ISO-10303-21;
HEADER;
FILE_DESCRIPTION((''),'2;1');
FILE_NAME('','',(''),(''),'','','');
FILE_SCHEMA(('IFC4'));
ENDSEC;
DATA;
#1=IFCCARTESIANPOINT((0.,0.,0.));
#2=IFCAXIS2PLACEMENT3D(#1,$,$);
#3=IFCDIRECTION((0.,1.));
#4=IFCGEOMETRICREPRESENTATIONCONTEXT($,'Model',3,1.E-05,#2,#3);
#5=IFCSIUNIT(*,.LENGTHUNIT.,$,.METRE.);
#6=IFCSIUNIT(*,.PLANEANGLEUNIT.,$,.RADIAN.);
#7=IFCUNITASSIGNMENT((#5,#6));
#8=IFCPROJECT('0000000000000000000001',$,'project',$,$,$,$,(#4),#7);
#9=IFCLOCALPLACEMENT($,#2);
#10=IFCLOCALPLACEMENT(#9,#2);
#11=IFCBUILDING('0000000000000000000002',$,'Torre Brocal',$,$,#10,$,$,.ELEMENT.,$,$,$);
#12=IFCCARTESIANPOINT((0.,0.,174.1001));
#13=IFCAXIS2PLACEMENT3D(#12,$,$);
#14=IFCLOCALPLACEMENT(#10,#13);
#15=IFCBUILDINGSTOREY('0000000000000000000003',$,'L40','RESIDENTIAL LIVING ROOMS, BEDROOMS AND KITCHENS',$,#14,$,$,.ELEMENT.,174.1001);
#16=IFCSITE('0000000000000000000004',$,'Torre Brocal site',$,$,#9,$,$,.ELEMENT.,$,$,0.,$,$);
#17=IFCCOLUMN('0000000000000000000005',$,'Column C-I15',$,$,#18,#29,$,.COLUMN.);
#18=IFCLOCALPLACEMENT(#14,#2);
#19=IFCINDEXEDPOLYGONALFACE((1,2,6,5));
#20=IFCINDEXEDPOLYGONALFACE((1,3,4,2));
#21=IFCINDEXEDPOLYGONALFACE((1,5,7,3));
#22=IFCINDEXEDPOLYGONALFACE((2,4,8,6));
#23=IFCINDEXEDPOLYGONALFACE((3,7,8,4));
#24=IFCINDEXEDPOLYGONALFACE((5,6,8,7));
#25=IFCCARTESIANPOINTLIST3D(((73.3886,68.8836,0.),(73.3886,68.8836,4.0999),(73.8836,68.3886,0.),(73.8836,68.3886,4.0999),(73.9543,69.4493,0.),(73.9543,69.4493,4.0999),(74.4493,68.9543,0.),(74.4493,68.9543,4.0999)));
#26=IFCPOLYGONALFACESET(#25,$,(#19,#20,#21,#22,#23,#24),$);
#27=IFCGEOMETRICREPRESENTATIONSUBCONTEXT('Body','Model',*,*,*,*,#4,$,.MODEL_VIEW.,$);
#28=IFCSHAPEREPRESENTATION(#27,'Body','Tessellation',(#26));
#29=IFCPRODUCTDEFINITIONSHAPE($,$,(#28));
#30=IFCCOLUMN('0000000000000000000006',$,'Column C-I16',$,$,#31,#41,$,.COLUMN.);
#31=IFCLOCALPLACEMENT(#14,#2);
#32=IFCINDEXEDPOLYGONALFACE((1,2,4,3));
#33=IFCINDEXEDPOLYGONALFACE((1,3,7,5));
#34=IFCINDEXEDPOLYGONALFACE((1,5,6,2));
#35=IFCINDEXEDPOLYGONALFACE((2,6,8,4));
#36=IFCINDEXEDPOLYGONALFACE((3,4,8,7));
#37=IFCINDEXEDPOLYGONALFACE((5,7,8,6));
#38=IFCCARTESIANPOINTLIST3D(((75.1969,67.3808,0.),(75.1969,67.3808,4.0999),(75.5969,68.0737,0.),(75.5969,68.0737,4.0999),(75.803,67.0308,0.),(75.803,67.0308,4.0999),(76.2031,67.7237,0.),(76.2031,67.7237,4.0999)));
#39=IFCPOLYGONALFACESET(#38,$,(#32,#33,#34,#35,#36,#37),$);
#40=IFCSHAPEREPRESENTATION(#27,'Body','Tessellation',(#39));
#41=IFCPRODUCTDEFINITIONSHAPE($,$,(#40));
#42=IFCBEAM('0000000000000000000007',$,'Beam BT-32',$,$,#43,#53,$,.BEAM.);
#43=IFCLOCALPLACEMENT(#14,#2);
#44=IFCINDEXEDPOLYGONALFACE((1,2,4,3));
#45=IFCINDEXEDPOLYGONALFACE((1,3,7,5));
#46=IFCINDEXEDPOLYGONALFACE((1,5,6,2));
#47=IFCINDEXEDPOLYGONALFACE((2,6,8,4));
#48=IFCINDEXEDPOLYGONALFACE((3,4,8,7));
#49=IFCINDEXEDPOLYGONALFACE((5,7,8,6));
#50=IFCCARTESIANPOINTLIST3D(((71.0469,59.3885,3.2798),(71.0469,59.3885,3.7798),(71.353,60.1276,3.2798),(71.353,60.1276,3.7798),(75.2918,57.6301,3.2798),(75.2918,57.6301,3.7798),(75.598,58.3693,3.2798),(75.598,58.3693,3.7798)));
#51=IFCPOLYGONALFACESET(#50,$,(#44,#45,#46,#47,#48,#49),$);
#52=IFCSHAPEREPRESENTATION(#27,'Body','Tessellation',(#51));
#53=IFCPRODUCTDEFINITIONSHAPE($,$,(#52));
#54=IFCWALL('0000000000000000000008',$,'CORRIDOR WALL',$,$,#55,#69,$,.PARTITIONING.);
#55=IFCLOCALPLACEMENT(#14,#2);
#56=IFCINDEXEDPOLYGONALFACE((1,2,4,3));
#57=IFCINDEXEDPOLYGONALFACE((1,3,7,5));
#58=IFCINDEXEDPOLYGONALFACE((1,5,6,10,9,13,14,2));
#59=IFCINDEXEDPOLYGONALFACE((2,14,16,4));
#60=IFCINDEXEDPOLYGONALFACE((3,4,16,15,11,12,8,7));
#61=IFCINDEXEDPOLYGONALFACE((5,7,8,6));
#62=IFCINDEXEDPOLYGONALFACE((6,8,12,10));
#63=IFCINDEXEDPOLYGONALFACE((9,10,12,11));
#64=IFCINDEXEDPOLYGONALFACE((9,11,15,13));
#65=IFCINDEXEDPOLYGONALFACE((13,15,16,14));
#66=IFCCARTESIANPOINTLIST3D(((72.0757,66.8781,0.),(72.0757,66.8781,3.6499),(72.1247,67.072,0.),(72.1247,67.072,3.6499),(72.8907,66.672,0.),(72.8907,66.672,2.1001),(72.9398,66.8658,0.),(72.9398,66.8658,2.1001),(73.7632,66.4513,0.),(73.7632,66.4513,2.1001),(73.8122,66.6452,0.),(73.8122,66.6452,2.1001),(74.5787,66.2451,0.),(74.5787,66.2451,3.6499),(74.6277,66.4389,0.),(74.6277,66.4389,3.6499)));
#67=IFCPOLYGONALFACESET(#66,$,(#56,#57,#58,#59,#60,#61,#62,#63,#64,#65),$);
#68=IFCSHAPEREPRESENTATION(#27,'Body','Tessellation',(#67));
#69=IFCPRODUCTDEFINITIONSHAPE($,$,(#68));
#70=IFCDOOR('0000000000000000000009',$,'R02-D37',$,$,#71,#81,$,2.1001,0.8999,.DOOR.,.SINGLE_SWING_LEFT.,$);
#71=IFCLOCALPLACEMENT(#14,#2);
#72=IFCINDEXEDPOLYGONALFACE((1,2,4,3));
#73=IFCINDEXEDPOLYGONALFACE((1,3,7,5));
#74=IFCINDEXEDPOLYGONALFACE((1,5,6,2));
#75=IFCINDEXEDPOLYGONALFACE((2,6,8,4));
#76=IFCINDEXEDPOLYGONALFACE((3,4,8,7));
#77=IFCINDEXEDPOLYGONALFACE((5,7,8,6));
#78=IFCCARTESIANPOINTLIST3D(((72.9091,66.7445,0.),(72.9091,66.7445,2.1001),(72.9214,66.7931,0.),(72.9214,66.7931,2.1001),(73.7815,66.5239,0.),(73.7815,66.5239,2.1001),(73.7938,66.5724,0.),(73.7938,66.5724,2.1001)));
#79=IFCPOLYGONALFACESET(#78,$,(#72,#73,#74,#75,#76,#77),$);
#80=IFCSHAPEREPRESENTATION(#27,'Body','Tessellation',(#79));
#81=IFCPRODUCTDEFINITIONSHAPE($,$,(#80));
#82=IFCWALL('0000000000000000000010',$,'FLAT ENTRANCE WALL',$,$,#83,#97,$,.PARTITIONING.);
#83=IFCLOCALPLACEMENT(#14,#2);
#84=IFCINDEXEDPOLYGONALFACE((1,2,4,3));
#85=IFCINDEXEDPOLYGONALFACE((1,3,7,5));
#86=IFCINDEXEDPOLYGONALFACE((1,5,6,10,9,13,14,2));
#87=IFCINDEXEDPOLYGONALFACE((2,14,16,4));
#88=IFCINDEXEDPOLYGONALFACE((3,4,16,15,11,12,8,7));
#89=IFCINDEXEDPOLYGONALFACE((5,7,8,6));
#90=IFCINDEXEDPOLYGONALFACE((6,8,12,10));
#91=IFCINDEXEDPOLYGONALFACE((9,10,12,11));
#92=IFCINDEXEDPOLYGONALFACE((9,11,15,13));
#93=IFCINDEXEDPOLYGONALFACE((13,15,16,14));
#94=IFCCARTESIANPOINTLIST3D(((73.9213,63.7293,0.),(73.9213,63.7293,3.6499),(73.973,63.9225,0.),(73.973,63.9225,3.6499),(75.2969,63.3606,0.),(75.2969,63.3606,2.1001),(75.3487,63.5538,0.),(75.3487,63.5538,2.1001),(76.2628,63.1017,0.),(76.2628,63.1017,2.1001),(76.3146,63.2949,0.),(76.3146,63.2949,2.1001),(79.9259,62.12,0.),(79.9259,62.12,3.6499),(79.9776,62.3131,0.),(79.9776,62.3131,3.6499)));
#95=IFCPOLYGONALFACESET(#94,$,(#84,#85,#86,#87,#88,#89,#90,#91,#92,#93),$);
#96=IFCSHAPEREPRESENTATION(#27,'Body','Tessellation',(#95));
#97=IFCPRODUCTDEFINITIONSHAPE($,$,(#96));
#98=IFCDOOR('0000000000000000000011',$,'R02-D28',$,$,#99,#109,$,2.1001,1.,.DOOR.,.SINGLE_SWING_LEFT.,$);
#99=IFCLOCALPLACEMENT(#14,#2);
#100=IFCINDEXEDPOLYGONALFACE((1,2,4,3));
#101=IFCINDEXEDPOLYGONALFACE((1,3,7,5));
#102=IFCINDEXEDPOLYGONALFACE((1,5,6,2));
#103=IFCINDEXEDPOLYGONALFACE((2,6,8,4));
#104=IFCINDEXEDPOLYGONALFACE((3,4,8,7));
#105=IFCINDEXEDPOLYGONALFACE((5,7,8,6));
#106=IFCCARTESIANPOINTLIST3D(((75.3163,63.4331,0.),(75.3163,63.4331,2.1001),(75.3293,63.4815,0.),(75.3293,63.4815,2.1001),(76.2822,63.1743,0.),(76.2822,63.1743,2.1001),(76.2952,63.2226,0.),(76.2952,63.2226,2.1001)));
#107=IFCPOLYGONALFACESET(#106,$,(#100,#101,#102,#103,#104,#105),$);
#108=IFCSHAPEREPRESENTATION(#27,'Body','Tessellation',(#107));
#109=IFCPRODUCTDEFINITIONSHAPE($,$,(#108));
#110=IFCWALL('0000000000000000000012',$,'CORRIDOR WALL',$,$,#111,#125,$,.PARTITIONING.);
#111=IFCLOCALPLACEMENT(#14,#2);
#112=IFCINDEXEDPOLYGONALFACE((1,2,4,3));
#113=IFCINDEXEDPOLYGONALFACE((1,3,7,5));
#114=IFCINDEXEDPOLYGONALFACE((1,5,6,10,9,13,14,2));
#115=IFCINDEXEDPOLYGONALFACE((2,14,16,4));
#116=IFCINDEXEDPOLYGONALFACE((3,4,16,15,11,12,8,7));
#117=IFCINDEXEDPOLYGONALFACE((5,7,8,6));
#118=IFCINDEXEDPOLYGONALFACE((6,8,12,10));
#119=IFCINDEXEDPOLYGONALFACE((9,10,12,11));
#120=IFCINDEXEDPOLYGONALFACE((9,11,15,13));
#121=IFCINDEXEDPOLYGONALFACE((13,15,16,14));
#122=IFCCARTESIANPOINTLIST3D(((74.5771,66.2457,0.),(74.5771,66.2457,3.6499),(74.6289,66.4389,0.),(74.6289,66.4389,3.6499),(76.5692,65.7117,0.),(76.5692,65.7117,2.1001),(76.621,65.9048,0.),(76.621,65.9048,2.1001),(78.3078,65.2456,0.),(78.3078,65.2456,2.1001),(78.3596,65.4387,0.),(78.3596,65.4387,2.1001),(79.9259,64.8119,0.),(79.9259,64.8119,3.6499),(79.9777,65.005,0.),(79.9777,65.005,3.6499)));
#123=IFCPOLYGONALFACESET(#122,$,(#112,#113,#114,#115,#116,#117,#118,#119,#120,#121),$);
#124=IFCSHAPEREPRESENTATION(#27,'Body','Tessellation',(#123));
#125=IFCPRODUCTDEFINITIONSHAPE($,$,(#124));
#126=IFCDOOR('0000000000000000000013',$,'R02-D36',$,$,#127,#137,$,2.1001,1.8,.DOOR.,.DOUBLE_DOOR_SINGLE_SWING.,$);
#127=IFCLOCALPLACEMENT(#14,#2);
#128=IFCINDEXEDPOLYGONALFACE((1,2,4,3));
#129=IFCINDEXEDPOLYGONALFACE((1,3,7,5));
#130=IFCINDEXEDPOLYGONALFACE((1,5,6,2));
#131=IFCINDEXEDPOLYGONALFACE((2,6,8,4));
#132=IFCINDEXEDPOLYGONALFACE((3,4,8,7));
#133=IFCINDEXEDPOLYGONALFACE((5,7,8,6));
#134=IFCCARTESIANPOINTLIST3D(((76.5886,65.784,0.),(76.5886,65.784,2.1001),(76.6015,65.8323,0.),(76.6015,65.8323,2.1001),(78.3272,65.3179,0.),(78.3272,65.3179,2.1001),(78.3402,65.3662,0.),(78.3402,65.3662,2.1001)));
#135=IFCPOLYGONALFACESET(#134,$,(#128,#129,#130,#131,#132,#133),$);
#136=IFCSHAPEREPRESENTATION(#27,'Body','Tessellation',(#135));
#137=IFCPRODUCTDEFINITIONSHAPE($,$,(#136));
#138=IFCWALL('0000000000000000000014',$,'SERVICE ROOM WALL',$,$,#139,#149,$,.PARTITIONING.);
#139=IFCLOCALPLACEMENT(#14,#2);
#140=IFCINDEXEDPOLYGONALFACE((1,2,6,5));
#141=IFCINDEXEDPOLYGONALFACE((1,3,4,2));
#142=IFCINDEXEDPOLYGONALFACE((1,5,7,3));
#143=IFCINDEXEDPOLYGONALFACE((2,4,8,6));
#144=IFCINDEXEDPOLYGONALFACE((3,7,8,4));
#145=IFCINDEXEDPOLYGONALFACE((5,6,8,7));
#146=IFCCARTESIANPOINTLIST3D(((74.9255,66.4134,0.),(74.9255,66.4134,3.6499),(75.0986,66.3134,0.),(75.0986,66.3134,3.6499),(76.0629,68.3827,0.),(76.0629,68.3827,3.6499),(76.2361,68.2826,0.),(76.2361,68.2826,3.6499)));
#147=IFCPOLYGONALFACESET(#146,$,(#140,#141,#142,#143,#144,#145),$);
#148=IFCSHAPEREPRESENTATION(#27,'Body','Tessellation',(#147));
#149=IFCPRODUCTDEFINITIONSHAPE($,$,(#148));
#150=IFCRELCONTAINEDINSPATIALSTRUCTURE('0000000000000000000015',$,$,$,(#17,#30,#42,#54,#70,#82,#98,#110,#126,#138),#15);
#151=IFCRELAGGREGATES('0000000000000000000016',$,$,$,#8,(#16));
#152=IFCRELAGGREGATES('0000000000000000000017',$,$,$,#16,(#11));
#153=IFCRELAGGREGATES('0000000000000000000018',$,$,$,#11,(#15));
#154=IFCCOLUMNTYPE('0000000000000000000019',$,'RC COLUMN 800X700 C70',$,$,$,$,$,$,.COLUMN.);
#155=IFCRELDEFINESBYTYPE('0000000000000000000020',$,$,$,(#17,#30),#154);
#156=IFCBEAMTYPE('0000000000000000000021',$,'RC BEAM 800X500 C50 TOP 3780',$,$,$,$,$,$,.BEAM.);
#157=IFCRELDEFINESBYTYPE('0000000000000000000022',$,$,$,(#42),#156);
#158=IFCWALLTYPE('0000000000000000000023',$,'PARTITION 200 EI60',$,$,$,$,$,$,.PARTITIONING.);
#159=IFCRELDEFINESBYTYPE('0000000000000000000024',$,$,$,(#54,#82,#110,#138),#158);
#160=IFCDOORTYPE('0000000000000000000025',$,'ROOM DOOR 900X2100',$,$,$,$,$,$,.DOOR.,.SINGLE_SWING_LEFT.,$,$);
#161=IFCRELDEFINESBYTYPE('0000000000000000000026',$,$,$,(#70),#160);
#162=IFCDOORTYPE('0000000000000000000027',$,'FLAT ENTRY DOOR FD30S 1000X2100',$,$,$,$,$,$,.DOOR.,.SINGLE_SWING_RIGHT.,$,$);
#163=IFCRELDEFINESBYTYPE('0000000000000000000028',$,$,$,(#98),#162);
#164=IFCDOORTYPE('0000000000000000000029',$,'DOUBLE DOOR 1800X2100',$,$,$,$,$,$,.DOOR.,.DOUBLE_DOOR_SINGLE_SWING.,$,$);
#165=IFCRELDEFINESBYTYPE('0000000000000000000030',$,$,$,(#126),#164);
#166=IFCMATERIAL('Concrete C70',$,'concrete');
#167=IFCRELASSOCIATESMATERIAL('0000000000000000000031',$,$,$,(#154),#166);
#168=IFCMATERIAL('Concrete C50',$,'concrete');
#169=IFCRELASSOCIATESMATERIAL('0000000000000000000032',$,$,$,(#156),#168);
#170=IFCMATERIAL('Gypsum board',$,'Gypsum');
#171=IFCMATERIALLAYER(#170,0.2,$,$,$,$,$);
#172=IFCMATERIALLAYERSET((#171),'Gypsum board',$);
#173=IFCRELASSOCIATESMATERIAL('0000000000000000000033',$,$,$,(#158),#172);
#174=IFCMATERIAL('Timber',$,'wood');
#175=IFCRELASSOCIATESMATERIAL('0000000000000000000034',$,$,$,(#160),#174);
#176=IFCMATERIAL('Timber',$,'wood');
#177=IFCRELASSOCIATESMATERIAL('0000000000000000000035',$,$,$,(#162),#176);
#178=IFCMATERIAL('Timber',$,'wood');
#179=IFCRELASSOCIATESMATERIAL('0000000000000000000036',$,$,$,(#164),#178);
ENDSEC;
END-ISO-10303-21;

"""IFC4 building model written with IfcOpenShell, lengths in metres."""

from ifc_helpers import new_model, si_unit, direction, frame, frame_2d, origin, origin_2d, place, context, subcontext, project, spatial, rectangle, extrude, material, layer, layer_set, material_profile, profile_set, type_object, element, fill, save


model = new_model("IFC4")

# Units and contexts
model_context = context("Model", 3, precision=1e-05, world=origin(), true_north=direction((0.0, 1.0)))
body_context = subcontext(model_context, "Body", "Model", "MODEL_VIEW")
ifc_project = project(units=[si_unit("LENGTHUNIT", "METRE"), si_unit("PLANEANGLEUNIT", "RADIAN")], contexts=[model_context])

# Site, building, storey
site_placement = place(None, origin())
site = spatial("IfcSite", under=ifc_project, at=site_placement, Name="Torre Brocal site", CompositionType="ELEMENT", RefElevation=0.0)
building_placement = place(site_placement, origin())
building = spatial("IfcBuilding", under=site, at=building_placement, Name="Torre Brocal", CompositionType="ELEMENT")
storey_placement = place(building_placement, frame((0.0, 0.0, 174.1001)))
storey = spatial("IfcBuildingStorey", under=building, at=storey_placement, Name="L40", Description="RESIDENTIAL LIVING ROOMS, BEDROOMS AND KITCHENS", CompositionType="ELEMENT", Elevation=174.1001)

# Columns
ifc_material_1 = material(Name="Concrete C70", Category="concrete")
ifc_material_profile_1 = material_profile(ifc_material_1, rectangle(XDim=0.8, YDim=0.7, at=origin_2d()), Name="RC 800X700")
ifc_profile_set_1 = profile_set([ifc_material_profile_1], Name="Concrete C70")
column_type = type_object("IfcColumnType", Name="RC COLUMN 800X700 C70", PredefinedType="COLUMN", material=ifc_profile_set_1)
for number, where, z_axis, x_axis, name in (
    (1, (73.9189, 68.9189, 0.0), (0.0, 0.0, 1.0), (-0.707107, -0.707107, 0.0), "Column C-I15"),
    (2, (75.7, 67.5522, 0.0), (0.0, 0.0, 1.0), (-0.5, -0.866025, 0.0), "Column C-I16"),
):
    element("IfcColumn", number, at=place(storey_placement, frame(where, z_axis=z_axis, x_axis=x_axis)), inside=storey, type_object=column_type, Name=name, PredefinedType="COLUMN", context=body_context, shape_type="SweptSolid", body=[
        extrude(rectangle(XDim=0.8, YDim=0.7, at=origin_2d()), origin(), (0.0, 0.0, 1.0), 4.0999),
    ])

# Beam
ifc_material_2 = material(Name="Concrete C50", Category="concrete")
ifc_material_profile_2 = material_profile(ifc_material_2, rectangle(XDim=0.8, YDim=0.5, at=origin_2d()), Name="RC 800X500")
ifc_profile_set_2 = profile_set([ifc_material_profile_2], Name="Concrete C50")
beam_type = type_object("IfcBeamType", Name="RC BEAM 800X500 C50 TOP 3780", PredefinedType="BEAM", material=ifc_profile_set_2)
beam_placement = place(storey_placement, frame((71.2, 59.7581, 3.5298), z_axis=(0.923878, -0.382687, 0.0), x_axis=(0.382687, 0.923878, 0.0)))
element("IfcBeam", 3, at=beam_placement, inside=storey, type_object=beam_type, Name="Beam BT-32", PredefinedType="BEAM", context=body_context, shape_type="SweptSolid", body=[
    extrude(rectangle(XDim=0.8, YDim=0.5, at=origin_2d()), origin(), (0.0, 0.0, 1.0), 4.5947),
])

# Walls, openings, doors
ifc_material_3 = material(Name="Gypsum board", Category="Gypsum")
ifc_layer_1 = layer(ifc_material_3, 0.2)
ifc_layer_set_1 = layer_set([ifc_layer_1], Name="Gypsum board")
wall_type_1 = type_object("IfcWallType", Name="PARTITION 200 EI60", PredefinedType="PARTITIONING", material=ifc_layer_set_1)
wall_1_placement = place(storey_placement, frame((72.1001, 66.9751, 0.0), z_axis=(0.0, 0.0, 1.0), x_axis=(0.969471, -0.245205, 0.0)))
wall_1 = element("IfcWall", 4, at=wall_1_placement, inside=storey, type_object=wall_type_1, Name="CORRIDOR WALL", PredefinedType="PARTITIONING", context=body_context, shape_type="SweptSolid", body=[
    extrude(rectangle(XDim=2.5818, YDim=0.2, at=frame_2d((1.291, 0.0))), origin(), (0.0, 0.0, 1.0), 3.6499),
])
opening_1_placement = place(wall_1_placement, frame((0.8408, 0.0, 0.0)))
opening_1 = element("IfcOpeningElement", 5, at=opening_1_placement, cuts=wall_1, PredefinedType="OPENING", context=body_context, shape_type="SweptSolid", body=[
    extrude(rectangle(XDim=0.8999, YDim=2.1001, at=frame_2d((0.45, 1.05))), frame((0.0, 0.1099, 0.0), z_axis=(0.0, -1.0, 0.0), x_axis=(1.0, 0.0, 0.0)), (0.0, 0.0, 1.0), 0.22),
])
ifc_material_4 = material(Name="Timber", Category="wood")
door_type_1 = type_object("IfcDoorType", Name="ROOM DOOR 900X2100", OperationType="SINGLE_SWING_LEFT", PredefinedType="DOOR", material=ifc_material_4)
door_1_placement = place(opening_1_placement, origin())
door_1 = element("IfcDoor", 6, at=door_1_placement, inside=storey, type_object=door_type_1, Name="R02-D37", OperationType="SINGLE_SWING_LEFT", OverallHeight=2.1001, OverallWidth=0.8999, PredefinedType="DOOR", context=body_context, shape_type="SweptSolid", body=[
    extrude(rectangle(XDim=0.8999, YDim=2.1001, at=frame_2d((0.45, 1.05))), frame((0.0, 0.0249, 0.0), z_axis=(0.0, -1.0, 0.0), x_axis=(1.0, 0.0, 0.0)), (0.0, 0.0, 1.0), 0.05),
])
fill(opening_1, door_1)
wall_2_placement = place(storey_placement, frame((73.947, 63.8259, 0.0), z_axis=(0.0, 0.0, 1.0), x_axis=(0.965908, -0.258885, 0.0)))
wall_2 = element("IfcWall", 7, at=wall_2_placement, inside=storey, type_object=wall_type_1, Name="FLAT ENTRANCE WALL", PredefinedType="PARTITIONING", context=body_context, shape_type="SweptSolid", body=[
    extrude(rectangle(XDim=6.2166, YDim=0.2, at=frame_2d((3.1084, 0.0))), origin(), (0.0, 0.0, 1.0), 3.6499),
])
opening_2_placement = place(wall_2_placement, frame((1.4243, 0.0, 0.0)))
opening_2 = element("IfcOpeningElement", 8, at=opening_2_placement, cuts=wall_2, PredefinedType="OPENING", context=body_context, shape_type="SweptSolid", body=[
    extrude(rectangle(XDim=1.0, YDim=2.1001, at=frame_2d((0.5, 1.05))), frame((0.0, 0.1099, 0.0), z_axis=(0.0, -1.0, 0.0), x_axis=(1.0, 0.0, 0.0)), (0.0, 0.0, 1.0), 0.22),
])
ifc_material_5 = material(Name="Timber", Category="wood")
door_type_2 = type_object("IfcDoorType", Name="FLAT ENTRY DOOR FD30S 1000X2100", OperationType="SINGLE_SWING_RIGHT", PredefinedType="DOOR", material=ifc_material_5)
door_2_placement = place(opening_2_placement, frame((1.0, 0.0, 0.0), z_axis=(0.0, 0.0, 1.0), x_axis=(-1.0, 0.0, 0.0)))
door_2 = element("IfcDoor", 9, at=door_2_placement, inside=storey, type_object=door_type_2, Name="R02-D28", OperationType="SINGLE_SWING_LEFT", OverallHeight=2.1001, OverallWidth=1.0, PredefinedType="DOOR", context=body_context, shape_type="SweptSolid", body=[
    extrude(rectangle(XDim=1.0, YDim=2.1001, at=frame_2d((0.5, 1.05))), frame((0.0, 0.0249, 0.0), z_axis=(0.0, -1.0, 0.0), x_axis=(1.0, 0.0, 0.0)), (0.0, 0.0, 1.0), 0.05),
])
fill(opening_2, door_2)
wall_3_placement = place(storey_placement, frame((74.603, 66.3423, 0.0), z_axis=(0.0, 0.0, 1.0), x_axis=(0.965895, -0.258933, 0.0)))
wall_3 = element("IfcWall", 10, at=wall_3_placement, inside=storey, type_object=wall_type_1, Name="CORRIDOR WALL", PredefinedType="PARTITIONING", context=body_context, shape_type="SweptSolid", body=[
    extrude(rectangle(XDim=5.5376, YDim=0.2, at=frame_2d((2.7688, 0.0))), origin(), (0.0, 0.0, 1.0), 3.6499),
])
opening_3_placement = place(wall_3_placement, frame((2.0625, 0.0, 0.0)))
opening_3 = element("IfcOpeningElement", 11, at=opening_3_placement, cuts=wall_3, PredefinedType="OPENING", context=body_context, shape_type="SweptSolid", body=[
    extrude(rectangle(XDim=1.8, YDim=2.1001, at=frame_2d((0.8999, 1.05))), frame((0.0, 0.1099, 0.0), z_axis=(0.0, -1.0, 0.0), x_axis=(1.0, 0.0, 0.0)), (0.0, 0.0, 1.0), 0.22),
])
ifc_material_6 = material(Name="Timber", Category="wood")
door_type_3 = type_object("IfcDoorType", Name="DOUBLE DOOR 1800X2100", OperationType="DOUBLE_DOOR_SINGLE_SWING", PredefinedType="DOOR", material=ifc_material_6)
door_3_placement = place(opening_3_placement, origin())
door_3 = element("IfcDoor", 12, at=door_3_placement, inside=storey, type_object=door_type_3, Name="R02-D36", OperationType="DOUBLE_DOOR_SINGLE_SWING", OverallHeight=2.1001, OverallWidth=1.8, PredefinedType="DOOR", context=body_context, shape_type="SweptSolid", body=[
    extrude(rectangle(XDim=1.8, YDim=2.1001, at=frame_2d((0.8999, 1.05))), frame((0.0, 0.0249, 0.0), z_axis=(0.0, -1.0, 0.0), x_axis=(1.0, 0.0, 0.0)), (0.0, 0.0, 1.0), 0.05),
])
fill(opening_3, door_3)

# Wall
wall_4_placement = place(storey_placement, frame((75.012, 66.3633, 0.0), z_axis=(0.0, 0.0, 1.0), x_axis=(0.500168, 0.865928, 0.0)))
element("IfcWall", 13, at=wall_4_placement, inside=storey, type_object=wall_type_1, Name="SERVICE ROOM WALL", PredefinedType="PARTITIONING", context=body_context, shape_type="SweptSolid", body=[
    extrude(rectangle(XDim=2.2742, YDim=0.2, at=frame_2d((1.1372, 0.0))), origin(), (0.0, 0.0, 1.0), 3.6499),
])

save(model, "model.ifc")
